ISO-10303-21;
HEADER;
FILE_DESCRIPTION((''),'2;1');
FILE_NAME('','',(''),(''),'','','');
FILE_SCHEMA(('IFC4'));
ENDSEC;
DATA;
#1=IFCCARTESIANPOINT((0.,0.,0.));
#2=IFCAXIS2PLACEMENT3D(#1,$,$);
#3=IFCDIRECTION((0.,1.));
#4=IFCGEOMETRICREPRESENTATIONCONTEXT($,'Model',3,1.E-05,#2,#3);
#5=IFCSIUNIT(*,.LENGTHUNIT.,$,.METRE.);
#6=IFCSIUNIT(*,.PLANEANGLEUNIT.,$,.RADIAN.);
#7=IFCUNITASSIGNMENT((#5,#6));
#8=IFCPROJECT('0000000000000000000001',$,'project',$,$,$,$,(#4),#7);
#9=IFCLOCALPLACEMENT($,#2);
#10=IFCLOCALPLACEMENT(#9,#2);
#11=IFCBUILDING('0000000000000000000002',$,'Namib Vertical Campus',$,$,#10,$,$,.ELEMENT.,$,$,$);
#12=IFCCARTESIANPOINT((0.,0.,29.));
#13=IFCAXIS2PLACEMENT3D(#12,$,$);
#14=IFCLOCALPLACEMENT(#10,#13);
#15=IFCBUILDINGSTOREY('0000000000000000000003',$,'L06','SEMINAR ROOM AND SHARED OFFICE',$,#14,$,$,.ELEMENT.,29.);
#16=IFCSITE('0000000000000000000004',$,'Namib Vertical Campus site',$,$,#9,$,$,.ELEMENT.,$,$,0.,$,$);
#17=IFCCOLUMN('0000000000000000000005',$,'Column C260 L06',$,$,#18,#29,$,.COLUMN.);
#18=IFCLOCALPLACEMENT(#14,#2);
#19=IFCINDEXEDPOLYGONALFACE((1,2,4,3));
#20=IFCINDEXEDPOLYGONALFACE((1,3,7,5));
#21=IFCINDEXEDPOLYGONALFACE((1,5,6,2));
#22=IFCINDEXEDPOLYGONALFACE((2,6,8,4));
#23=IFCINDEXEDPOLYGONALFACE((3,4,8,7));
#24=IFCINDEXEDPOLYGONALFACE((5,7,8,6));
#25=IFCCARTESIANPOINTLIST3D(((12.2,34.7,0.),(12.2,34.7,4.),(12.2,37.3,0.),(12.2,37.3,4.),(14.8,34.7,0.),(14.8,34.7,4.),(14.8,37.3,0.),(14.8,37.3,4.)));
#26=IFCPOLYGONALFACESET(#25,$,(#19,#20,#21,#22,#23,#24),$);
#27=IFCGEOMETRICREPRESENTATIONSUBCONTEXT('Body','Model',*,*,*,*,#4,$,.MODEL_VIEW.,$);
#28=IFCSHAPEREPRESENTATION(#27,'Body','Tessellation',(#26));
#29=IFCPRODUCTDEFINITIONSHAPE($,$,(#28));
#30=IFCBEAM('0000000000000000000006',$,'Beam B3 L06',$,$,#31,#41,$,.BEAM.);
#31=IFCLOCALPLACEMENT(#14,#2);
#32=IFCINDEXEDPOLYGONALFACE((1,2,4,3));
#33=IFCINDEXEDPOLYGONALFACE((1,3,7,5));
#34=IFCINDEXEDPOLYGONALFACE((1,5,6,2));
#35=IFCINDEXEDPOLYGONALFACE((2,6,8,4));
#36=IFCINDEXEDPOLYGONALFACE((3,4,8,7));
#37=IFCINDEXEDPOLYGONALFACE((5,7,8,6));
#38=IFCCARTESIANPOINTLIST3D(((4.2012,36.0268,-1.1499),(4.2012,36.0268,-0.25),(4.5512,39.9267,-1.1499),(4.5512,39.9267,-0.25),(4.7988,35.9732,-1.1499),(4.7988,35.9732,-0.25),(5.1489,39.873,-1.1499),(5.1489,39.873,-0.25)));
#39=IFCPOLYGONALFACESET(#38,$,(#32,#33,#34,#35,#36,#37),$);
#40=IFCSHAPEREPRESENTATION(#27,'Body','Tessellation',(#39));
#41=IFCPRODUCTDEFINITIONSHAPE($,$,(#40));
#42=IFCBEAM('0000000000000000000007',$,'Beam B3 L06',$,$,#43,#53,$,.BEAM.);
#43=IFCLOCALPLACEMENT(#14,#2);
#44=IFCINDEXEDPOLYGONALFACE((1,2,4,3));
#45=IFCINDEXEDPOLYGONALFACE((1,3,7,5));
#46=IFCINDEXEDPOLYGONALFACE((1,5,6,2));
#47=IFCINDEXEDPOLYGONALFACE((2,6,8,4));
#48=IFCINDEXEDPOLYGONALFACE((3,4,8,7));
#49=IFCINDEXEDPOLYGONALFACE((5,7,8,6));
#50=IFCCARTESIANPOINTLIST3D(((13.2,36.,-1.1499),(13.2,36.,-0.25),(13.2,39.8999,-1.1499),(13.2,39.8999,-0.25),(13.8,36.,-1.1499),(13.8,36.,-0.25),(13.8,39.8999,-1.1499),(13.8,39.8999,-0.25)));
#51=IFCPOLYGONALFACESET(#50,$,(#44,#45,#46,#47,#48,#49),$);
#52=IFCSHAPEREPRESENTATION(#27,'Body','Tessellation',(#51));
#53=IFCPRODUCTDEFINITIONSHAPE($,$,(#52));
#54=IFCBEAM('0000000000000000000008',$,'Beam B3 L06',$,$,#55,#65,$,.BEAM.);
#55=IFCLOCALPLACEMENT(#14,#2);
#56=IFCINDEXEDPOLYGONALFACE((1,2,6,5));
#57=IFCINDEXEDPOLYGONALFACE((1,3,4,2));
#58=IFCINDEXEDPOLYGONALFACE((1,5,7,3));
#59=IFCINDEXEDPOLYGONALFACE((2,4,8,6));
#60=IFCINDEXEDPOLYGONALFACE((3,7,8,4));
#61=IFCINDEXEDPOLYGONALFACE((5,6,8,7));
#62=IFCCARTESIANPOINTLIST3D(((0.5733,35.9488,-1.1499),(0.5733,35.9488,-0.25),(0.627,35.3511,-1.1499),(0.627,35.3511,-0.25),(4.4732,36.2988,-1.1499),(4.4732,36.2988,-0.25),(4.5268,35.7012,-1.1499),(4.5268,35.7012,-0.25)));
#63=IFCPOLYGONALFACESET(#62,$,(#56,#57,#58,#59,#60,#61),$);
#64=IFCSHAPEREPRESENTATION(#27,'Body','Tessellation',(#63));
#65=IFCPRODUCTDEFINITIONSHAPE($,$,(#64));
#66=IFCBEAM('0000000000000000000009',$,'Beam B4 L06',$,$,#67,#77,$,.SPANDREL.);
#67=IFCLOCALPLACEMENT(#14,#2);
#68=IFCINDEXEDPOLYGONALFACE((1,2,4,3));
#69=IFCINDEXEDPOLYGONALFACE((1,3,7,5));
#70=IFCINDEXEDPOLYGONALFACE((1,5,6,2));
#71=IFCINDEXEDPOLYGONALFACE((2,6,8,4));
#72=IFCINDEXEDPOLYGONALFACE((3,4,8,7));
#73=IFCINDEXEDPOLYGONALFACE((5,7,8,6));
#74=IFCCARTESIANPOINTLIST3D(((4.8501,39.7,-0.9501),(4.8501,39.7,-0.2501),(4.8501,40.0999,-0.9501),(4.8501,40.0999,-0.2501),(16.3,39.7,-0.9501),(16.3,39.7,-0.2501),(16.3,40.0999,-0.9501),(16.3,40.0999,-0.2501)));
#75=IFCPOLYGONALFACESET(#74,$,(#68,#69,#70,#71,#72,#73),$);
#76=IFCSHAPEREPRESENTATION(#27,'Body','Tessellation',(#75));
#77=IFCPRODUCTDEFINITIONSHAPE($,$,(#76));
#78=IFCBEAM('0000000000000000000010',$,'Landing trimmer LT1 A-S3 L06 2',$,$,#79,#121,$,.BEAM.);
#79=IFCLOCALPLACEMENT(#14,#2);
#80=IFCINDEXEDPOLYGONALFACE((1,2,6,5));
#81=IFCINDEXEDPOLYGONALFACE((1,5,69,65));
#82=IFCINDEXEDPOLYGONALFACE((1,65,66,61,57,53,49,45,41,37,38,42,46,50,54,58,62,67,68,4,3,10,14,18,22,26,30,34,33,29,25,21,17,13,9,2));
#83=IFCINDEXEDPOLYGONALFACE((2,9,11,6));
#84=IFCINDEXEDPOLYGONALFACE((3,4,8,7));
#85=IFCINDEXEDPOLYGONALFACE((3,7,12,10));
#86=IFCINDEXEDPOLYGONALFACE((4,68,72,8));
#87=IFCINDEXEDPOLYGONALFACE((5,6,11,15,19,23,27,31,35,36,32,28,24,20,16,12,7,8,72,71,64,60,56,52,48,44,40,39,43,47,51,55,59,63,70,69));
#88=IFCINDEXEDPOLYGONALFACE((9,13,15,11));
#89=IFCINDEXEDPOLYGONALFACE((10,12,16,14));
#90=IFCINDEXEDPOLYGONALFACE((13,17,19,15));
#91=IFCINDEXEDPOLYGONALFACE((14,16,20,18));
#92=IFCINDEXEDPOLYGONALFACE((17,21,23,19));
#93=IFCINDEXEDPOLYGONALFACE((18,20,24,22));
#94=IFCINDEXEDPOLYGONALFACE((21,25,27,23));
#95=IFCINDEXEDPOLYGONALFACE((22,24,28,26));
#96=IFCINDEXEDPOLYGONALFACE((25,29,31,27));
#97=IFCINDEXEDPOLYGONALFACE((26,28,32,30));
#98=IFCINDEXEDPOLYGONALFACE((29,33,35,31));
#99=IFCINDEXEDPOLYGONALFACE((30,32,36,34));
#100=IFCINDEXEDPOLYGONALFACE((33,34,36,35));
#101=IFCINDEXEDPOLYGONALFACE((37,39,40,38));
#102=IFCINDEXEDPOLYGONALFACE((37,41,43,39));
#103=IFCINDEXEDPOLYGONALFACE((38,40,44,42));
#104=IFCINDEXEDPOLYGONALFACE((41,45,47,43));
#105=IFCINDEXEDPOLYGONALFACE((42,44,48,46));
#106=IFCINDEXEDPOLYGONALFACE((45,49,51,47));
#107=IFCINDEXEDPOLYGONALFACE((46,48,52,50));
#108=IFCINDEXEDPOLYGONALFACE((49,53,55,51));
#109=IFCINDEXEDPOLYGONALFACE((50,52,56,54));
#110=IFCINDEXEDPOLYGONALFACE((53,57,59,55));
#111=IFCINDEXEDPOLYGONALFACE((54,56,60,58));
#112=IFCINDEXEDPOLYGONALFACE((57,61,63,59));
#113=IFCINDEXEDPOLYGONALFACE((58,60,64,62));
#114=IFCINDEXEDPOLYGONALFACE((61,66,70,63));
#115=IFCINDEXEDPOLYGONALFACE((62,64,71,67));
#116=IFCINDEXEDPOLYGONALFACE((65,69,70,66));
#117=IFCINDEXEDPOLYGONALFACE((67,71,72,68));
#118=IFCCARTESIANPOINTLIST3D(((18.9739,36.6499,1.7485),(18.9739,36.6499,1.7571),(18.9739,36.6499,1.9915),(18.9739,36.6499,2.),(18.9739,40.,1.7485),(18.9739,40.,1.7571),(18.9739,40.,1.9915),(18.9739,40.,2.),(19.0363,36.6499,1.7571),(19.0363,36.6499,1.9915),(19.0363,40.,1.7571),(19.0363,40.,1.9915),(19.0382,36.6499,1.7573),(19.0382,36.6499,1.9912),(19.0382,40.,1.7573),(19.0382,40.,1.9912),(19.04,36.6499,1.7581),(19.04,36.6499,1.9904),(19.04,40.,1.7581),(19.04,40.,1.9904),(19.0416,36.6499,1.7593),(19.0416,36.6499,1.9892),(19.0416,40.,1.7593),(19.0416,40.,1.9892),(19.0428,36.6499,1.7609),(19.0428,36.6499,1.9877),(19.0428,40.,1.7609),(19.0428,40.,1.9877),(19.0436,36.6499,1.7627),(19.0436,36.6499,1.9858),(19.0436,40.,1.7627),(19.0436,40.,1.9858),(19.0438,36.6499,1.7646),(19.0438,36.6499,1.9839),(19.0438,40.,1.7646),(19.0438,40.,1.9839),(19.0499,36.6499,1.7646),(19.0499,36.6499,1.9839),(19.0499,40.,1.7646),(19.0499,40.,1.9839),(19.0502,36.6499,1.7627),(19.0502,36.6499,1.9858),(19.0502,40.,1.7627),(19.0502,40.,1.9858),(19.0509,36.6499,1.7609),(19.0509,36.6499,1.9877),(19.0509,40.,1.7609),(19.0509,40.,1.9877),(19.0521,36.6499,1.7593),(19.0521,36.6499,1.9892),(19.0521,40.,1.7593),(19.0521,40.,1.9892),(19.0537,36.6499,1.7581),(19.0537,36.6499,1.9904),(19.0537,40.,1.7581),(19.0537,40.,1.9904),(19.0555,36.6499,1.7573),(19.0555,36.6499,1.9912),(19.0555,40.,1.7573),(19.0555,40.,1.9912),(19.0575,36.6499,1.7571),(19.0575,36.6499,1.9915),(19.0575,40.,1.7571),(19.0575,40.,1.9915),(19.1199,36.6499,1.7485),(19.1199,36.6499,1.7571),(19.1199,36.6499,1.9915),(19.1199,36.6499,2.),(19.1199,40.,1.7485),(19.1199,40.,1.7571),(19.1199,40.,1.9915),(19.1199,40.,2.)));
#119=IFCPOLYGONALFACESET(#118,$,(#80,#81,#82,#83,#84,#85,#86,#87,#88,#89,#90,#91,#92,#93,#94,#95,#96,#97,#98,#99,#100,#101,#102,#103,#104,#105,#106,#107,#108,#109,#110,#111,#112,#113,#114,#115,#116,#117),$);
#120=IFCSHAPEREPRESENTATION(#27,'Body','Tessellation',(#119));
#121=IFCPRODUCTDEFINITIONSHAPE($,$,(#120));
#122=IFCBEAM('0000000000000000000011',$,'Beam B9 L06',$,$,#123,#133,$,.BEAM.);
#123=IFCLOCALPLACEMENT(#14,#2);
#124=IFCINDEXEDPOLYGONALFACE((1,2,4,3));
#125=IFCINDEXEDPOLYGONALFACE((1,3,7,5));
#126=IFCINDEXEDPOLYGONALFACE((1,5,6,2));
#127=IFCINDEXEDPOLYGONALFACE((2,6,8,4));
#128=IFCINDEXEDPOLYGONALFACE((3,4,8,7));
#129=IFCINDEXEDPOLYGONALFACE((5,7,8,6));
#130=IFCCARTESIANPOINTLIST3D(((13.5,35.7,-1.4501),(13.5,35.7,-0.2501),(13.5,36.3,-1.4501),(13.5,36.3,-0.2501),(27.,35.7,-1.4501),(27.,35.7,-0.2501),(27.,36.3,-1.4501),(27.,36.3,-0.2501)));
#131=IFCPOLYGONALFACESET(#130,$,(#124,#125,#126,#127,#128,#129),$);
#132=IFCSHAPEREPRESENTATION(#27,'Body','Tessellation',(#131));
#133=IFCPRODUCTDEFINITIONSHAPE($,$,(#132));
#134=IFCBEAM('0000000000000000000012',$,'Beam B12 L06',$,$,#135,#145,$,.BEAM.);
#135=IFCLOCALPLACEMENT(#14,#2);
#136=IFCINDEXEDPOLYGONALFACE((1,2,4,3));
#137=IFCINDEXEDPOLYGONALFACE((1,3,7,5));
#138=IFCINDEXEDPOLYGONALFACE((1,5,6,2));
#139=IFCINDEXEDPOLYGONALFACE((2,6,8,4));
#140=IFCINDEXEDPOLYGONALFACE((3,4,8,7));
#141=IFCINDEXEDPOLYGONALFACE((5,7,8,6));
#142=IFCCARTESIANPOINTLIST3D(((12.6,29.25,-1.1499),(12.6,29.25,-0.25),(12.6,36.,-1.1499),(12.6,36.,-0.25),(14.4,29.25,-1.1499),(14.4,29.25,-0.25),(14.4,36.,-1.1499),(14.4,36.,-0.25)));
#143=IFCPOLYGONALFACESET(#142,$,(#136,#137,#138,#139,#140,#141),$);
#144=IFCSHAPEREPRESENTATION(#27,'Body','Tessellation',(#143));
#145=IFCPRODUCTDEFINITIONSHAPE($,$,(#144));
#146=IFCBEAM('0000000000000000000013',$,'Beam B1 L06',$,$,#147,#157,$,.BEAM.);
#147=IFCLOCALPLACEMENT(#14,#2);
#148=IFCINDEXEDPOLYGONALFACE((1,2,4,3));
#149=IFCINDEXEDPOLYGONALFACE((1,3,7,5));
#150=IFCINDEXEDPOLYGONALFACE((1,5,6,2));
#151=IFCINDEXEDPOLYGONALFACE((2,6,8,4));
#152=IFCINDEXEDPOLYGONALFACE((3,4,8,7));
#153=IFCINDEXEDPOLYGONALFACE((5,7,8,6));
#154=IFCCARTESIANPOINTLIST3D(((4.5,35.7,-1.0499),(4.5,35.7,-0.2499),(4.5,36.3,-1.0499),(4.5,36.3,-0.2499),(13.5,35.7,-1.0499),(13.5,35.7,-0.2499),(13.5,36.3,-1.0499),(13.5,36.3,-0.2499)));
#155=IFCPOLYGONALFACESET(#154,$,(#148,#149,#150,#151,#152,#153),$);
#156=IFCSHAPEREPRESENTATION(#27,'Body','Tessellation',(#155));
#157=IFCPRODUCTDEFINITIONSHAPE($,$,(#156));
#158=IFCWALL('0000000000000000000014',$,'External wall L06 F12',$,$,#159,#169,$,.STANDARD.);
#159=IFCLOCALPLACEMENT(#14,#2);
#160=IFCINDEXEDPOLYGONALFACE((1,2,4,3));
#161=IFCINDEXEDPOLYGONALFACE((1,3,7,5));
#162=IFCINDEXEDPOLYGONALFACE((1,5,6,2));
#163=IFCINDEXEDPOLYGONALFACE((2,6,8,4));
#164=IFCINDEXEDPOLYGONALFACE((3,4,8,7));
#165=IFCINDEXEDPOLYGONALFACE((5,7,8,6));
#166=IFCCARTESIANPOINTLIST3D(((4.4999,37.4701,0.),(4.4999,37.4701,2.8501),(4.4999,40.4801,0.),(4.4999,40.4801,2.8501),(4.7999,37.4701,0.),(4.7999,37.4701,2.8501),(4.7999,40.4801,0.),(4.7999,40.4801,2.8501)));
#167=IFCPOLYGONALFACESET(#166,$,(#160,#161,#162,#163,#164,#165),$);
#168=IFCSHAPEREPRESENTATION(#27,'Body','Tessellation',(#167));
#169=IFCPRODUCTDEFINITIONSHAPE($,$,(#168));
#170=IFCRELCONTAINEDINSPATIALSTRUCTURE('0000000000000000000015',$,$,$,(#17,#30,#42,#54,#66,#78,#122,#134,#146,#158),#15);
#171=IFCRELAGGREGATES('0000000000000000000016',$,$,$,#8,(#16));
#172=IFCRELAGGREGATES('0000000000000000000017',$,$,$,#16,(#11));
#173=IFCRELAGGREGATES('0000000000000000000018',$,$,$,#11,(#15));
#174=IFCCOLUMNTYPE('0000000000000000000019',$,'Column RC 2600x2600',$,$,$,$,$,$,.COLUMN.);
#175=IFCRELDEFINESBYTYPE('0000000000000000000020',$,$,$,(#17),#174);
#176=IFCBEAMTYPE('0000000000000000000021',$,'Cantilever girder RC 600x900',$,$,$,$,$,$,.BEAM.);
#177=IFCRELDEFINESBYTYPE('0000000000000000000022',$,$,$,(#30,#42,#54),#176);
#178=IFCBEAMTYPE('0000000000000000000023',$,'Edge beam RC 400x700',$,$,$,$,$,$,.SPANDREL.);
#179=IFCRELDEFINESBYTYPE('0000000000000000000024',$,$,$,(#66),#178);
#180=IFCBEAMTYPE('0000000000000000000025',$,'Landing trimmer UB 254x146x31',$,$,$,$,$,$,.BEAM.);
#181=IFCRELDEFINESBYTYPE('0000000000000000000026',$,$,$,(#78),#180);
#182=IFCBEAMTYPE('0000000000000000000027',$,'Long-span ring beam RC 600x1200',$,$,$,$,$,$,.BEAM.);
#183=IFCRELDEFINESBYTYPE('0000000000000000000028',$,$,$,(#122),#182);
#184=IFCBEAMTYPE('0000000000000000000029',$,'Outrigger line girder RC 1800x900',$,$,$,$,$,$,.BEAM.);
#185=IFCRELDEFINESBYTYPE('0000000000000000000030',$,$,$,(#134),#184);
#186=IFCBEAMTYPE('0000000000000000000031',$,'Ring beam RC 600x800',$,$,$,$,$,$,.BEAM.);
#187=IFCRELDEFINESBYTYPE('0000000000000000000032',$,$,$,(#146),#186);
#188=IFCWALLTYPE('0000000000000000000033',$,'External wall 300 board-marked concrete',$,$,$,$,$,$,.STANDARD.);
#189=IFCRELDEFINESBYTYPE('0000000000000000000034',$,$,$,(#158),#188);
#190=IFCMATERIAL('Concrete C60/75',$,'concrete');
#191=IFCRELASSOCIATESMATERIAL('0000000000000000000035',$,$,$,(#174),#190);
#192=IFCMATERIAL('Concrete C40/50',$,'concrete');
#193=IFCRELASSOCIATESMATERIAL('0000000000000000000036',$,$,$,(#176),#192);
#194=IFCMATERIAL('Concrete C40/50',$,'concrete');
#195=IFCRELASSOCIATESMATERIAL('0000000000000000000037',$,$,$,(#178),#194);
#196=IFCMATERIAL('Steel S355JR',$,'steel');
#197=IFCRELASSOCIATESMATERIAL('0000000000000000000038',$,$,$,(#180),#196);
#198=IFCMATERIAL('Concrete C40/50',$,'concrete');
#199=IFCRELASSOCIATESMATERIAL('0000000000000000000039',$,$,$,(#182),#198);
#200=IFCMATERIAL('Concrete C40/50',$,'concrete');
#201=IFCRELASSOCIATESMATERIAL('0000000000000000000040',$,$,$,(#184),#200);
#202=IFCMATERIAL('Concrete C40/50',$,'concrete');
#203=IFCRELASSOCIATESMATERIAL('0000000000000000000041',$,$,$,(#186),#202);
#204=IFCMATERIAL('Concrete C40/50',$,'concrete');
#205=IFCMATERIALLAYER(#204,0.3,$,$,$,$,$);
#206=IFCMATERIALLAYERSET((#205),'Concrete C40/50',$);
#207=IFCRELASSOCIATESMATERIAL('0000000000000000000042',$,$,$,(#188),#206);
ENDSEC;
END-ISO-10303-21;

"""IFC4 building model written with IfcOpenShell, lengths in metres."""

from ifc_helpers import new_model, si_unit, direction, frame, frame_2d, origin, origin_2d, place, context, subcontext, project, spatial, rectangle, i_section, extrude, material, layer, layer_set, material_profile, profile_set, type_object, element, save


model = new_model("IFC4")

# Units and contexts
model_context = context("Model", 3, precision=1e-05, world=origin(), true_north=direction((0.0, 1.0)))
body_context = subcontext(model_context, "Body", "Model", "MODEL_VIEW")
ifc_project = project(units=[si_unit("LENGTHUNIT", "METRE"), si_unit("PLANEANGLEUNIT", "RADIAN")], contexts=[model_context])

# Site, building, storey
site_placement = place(None, origin())
site = spatial("IfcSite", under=ifc_project, at=site_placement, Name="Namib Vertical Campus site", CompositionType="ELEMENT", RefElevation=0.0)
building_placement = place(site_placement, origin())
building = spatial("IfcBuilding", under=site, at=building_placement, Name="Namib Vertical Campus", CompositionType="ELEMENT")
storey_placement = place(building_placement, frame((0.0, 0.0, 29.0)))
storey = spatial("IfcBuildingStorey", under=building, at=storey_placement, Name="L06", Description="SEMINAR ROOM AND SHARED OFFICE", CompositionType="ELEMENT", Elevation=29.0)

# Column
ifc_material_1 = material(Name="Concrete C60/75", Category="concrete")
ifc_material_profile_1 = material_profile(ifc_material_1, rectangle(XDim=2.6001, YDim=2.6001, at=origin_2d()))
ifc_profile_set_1 = profile_set([ifc_material_profile_1], Name="Concrete C60/75")
column_type = type_object("IfcColumnType", Name="Column RC 2600x2600", PredefinedType="COLUMN", material=ifc_profile_set_1)
column_placement = place(storey_placement, frame((13.5, 36.0, 0.0), z_axis=(0.0, 0.0, 1.0), x_axis=(1.0, 0.0, 0.0)))
element("IfcColumn", 1, at=column_placement, inside=storey, type_object=column_type, Name="Column C260 L06", PredefinedType="COLUMN", context=body_context, shape_type="SweptSolid", body=[
    extrude(rectangle(XDim=2.6001, YDim=2.6001, at=origin_2d()), origin(), (0.0, 0.0, 1.0), 4.0),
])

# Beams
ifc_material_2 = material(Name="Concrete C40/50", Category="concrete")
ifc_material_profile_2 = material_profile(ifc_material_2, rectangle(XDim=0.6001, YDim=0.8999, at=origin_2d()))
ifc_profile_set_2 = profile_set([ifc_material_profile_2], Name="Concrete C40/50")
beam_type_1 = type_object("IfcBeamType", Name="Cantilever girder RC 600x900", PredefinedType="BEAM", material=ifc_profile_set_2)
beam_1_placement = place(storey_placement, frame((4.5, 36.0, -0.7), z_axis=(0.089411, 0.995995, 0.0), x_axis=(-0.995995, 0.089411, 0.0)))
element("IfcBeam", 2, at=beam_1_placement, inside=storey, type_object=beam_type_1, Name="Beam B3 L06", PredefinedType="BEAM", context=body_context, shape_type="SweptSolid", body=[
    extrude(rectangle(XDim=0.6001, YDim=0.8999, at=origin_2d()), origin(), (0.0, 0.0, 1.0), 3.9155),
])
beam_2_placement = place(storey_placement, frame((13.5, 36.0, -0.7), z_axis=(0.0, 1.0, 0.0), x_axis=(-1.0, 0.0, 0.0)))
element("IfcBeam", 3, at=beam_2_placement, inside=storey, type_object=beam_type_1, Name="Beam B3 L06", PredefinedType="BEAM", context=body_context, shape_type="SweptSolid", body=[
    extrude(rectangle(XDim=0.6001, YDim=0.8999, at=origin_2d()), origin(), (0.0, 0.0, 1.0), 3.8999),
])
beam_3_placement = place(storey_placement, frame((4.5, 36.0, -0.7), z_axis=(-0.995995, -0.089411, 0.0), x_axis=(0.089411, -0.995995, 0.0)))
element("IfcBeam", 4, at=beam_3_placement, inside=storey, type_object=beam_type_1, Name="Beam B3 L06", PredefinedType="BEAM", context=body_context, shape_type="SweptSolid", body=[
    extrude(rectangle(XDim=0.6001, YDim=0.8999, at=origin_2d()), origin(), (0.0, 0.0, 1.0), 3.9155),
])
ifc_material_3 = material(Name="Concrete C40/50", Category="concrete")
ifc_material_profile_3 = material_profile(ifc_material_3, rectangle(XDim=0.3999, YDim=0.7, at=origin_2d()))
ifc_profile_set_3 = profile_set([ifc_material_profile_3], Name="Concrete C40/50")
beam_type_2 = type_object("IfcBeamType", Name="Edge beam RC 400x700", PredefinedType="SPANDREL", material=ifc_profile_set_3)
beam_4_placement = place(storey_placement, frame((4.8501, 39.8999, -0.6001), z_axis=(1.0, 0.0, 0.0), x_axis=(0.0, 1.0, 0.0)))
element("IfcBeam", 5, at=beam_4_placement, inside=storey, type_object=beam_type_2, Name="Beam B4 L06", PredefinedType="SPANDREL", context=body_context, shape_type="SweptSolid", body=[
    extrude(rectangle(XDim=0.3999, YDim=0.7, at=origin_2d()), origin(), (0.0, 0.0, 1.0), 11.45),
])
ifc_material_4 = material(Name="Steel S355JR", Category="steel")
ifc_material_profile_4 = material_profile(ifc_material_4, i_section(OverallWidth=0.146, OverallDepth=0.2515, WebThickness=0.0061, FlangeThickness=0.0085, FilletRadius=0.0076, at=origin_2d()))
ifc_profile_set_4 = profile_set([ifc_material_profile_4], Name="Steel S355JR")
beam_type_3 = type_object("IfcBeamType", Name="Landing trimmer UB 254x146x31", PredefinedType="BEAM", material=ifc_profile_set_4)
beam_5_placement = place(storey_placement, frame((19.0469, 36.6499, 1.8743), z_axis=(0.0, 1.0, 0.0), x_axis=(-1.0, 0.0, 0.0)))
element("IfcBeam", 6, at=beam_5_placement, inside=storey, type_object=beam_type_3, Name="Landing trimmer LT1 A-S3 L06 2", PredefinedType="BEAM", context=body_context, shape_type="SweptSolid", body=[
    extrude(i_section(OverallWidth=0.146, OverallDepth=0.2515, WebThickness=0.0061, FlangeThickness=0.0085, FilletRadius=0.0076, at=origin_2d()), origin(), (0.0, 0.0, 1.0), 3.3501),
])
ifc_material_5 = material(Name="Concrete C40/50", Category="concrete")
ifc_material_profile_5 = material_profile(ifc_material_5, rectangle(XDim=0.6001, YDim=1.2, at=origin_2d()))
ifc_profile_set_5 = profile_set([ifc_material_profile_5], Name="Concrete C40/50")
beam_type_4 = type_object("IfcBeamType", Name="Long-span ring beam RC 600x1200", PredefinedType="BEAM", material=ifc_profile_set_5)
beam_6_placement = place(storey_placement, frame((13.5, 36.0, -0.8501), z_axis=(1.0, 0.0, 0.0), x_axis=(0.0, 1.0, 0.0)))
element("IfcBeam", 7, at=beam_6_placement, inside=storey, type_object=beam_type_4, Name="Beam B9 L06", PredefinedType="BEAM", context=body_context, shape_type="SweptSolid", body=[
    extrude(rectangle(XDim=0.6001, YDim=1.2, at=origin_2d()), origin(), (0.0, 0.0, 1.0), 13.5),
])
ifc_material_6 = material(Name="Concrete C40/50", Category="concrete")
ifc_material_profile_6 = material_profile(ifc_material_6, rectangle(XDim=1.8, YDim=0.8999, at=origin_2d()))
ifc_profile_set_6 = profile_set([ifc_material_profile_6], Name="Concrete C40/50")
beam_type_5 = type_object("IfcBeamType", Name="Outrigger line girder RC 1800x900", PredefinedType="BEAM", material=ifc_profile_set_6)
beam_7_placement = place(storey_placement, frame((13.5, 36.0, -0.7), z_axis=(0.0, -1.0, 0.0), x_axis=(1.0, 0.0, 0.0)))
element("IfcBeam", 8, at=beam_7_placement, inside=storey, type_object=beam_type_5, Name="Beam B12 L06", PredefinedType="BEAM", context=body_context, shape_type="SweptSolid", body=[
    extrude(rectangle(XDim=1.8, YDim=0.8999, at=origin_2d()), origin(), (0.0, 0.0, 1.0), 6.75),
])
ifc_material_7 = material(Name="Concrete C40/50", Category="concrete")
ifc_material_profile_7 = material_profile(ifc_material_7, rectangle(XDim=0.6001, YDim=0.8, at=origin_2d()))
ifc_profile_set_7 = profile_set([ifc_material_profile_7], Name="Concrete C40/50")
beam_type_6 = type_object("IfcBeamType", Name="Ring beam RC 600x800", PredefinedType="BEAM", material=ifc_profile_set_7)
beam_8_placement = place(storey_placement, frame((4.5, 36.0, -0.6499), z_axis=(1.0, 0.0, 0.0), x_axis=(0.0, 1.0, 0.0)))
element("IfcBeam", 9, at=beam_8_placement, inside=storey, type_object=beam_type_6, Name="Beam B1 L06", PredefinedType="BEAM", context=body_context, shape_type="SweptSolid", body=[
    extrude(rectangle(XDim=0.6001, YDim=0.8, at=origin_2d()), origin(), (0.0, 0.0, 1.0), 9.0),
])

# Wall
ifc_material_8 = material(Name="Concrete C40/50", Category="concrete")
ifc_layer_1 = layer(ifc_material_8, 0.3)
ifc_layer_set_1 = layer_set([ifc_layer_1], Name="Concrete C40/50")
wall_type_1 = type_object("IfcWallType", Name="External wall 300 board-marked concrete", PredefinedType="STANDARD", material=ifc_layer_set_1)
wall_1_placement = place(storey_placement, frame((4.6499, 40.48, 0.0), z_axis=(0.0, 0.0, 1.0), x_axis=(0.0, -1.0, 0.0)))
element("IfcWall", 10, at=wall_1_placement, inside=storey, type_object=wall_type_1, Name="External wall L06 F12", PredefinedType="STANDARD", context=body_context, shape_type="SweptSolid", body=[
    extrude(rectangle(XDim=3.01, YDim=0.3, at=frame_2d((1.5049, 0.0))), origin(), (0.0, 0.0, 1.0), 2.8501),
])

save(model, "model.ifc")
